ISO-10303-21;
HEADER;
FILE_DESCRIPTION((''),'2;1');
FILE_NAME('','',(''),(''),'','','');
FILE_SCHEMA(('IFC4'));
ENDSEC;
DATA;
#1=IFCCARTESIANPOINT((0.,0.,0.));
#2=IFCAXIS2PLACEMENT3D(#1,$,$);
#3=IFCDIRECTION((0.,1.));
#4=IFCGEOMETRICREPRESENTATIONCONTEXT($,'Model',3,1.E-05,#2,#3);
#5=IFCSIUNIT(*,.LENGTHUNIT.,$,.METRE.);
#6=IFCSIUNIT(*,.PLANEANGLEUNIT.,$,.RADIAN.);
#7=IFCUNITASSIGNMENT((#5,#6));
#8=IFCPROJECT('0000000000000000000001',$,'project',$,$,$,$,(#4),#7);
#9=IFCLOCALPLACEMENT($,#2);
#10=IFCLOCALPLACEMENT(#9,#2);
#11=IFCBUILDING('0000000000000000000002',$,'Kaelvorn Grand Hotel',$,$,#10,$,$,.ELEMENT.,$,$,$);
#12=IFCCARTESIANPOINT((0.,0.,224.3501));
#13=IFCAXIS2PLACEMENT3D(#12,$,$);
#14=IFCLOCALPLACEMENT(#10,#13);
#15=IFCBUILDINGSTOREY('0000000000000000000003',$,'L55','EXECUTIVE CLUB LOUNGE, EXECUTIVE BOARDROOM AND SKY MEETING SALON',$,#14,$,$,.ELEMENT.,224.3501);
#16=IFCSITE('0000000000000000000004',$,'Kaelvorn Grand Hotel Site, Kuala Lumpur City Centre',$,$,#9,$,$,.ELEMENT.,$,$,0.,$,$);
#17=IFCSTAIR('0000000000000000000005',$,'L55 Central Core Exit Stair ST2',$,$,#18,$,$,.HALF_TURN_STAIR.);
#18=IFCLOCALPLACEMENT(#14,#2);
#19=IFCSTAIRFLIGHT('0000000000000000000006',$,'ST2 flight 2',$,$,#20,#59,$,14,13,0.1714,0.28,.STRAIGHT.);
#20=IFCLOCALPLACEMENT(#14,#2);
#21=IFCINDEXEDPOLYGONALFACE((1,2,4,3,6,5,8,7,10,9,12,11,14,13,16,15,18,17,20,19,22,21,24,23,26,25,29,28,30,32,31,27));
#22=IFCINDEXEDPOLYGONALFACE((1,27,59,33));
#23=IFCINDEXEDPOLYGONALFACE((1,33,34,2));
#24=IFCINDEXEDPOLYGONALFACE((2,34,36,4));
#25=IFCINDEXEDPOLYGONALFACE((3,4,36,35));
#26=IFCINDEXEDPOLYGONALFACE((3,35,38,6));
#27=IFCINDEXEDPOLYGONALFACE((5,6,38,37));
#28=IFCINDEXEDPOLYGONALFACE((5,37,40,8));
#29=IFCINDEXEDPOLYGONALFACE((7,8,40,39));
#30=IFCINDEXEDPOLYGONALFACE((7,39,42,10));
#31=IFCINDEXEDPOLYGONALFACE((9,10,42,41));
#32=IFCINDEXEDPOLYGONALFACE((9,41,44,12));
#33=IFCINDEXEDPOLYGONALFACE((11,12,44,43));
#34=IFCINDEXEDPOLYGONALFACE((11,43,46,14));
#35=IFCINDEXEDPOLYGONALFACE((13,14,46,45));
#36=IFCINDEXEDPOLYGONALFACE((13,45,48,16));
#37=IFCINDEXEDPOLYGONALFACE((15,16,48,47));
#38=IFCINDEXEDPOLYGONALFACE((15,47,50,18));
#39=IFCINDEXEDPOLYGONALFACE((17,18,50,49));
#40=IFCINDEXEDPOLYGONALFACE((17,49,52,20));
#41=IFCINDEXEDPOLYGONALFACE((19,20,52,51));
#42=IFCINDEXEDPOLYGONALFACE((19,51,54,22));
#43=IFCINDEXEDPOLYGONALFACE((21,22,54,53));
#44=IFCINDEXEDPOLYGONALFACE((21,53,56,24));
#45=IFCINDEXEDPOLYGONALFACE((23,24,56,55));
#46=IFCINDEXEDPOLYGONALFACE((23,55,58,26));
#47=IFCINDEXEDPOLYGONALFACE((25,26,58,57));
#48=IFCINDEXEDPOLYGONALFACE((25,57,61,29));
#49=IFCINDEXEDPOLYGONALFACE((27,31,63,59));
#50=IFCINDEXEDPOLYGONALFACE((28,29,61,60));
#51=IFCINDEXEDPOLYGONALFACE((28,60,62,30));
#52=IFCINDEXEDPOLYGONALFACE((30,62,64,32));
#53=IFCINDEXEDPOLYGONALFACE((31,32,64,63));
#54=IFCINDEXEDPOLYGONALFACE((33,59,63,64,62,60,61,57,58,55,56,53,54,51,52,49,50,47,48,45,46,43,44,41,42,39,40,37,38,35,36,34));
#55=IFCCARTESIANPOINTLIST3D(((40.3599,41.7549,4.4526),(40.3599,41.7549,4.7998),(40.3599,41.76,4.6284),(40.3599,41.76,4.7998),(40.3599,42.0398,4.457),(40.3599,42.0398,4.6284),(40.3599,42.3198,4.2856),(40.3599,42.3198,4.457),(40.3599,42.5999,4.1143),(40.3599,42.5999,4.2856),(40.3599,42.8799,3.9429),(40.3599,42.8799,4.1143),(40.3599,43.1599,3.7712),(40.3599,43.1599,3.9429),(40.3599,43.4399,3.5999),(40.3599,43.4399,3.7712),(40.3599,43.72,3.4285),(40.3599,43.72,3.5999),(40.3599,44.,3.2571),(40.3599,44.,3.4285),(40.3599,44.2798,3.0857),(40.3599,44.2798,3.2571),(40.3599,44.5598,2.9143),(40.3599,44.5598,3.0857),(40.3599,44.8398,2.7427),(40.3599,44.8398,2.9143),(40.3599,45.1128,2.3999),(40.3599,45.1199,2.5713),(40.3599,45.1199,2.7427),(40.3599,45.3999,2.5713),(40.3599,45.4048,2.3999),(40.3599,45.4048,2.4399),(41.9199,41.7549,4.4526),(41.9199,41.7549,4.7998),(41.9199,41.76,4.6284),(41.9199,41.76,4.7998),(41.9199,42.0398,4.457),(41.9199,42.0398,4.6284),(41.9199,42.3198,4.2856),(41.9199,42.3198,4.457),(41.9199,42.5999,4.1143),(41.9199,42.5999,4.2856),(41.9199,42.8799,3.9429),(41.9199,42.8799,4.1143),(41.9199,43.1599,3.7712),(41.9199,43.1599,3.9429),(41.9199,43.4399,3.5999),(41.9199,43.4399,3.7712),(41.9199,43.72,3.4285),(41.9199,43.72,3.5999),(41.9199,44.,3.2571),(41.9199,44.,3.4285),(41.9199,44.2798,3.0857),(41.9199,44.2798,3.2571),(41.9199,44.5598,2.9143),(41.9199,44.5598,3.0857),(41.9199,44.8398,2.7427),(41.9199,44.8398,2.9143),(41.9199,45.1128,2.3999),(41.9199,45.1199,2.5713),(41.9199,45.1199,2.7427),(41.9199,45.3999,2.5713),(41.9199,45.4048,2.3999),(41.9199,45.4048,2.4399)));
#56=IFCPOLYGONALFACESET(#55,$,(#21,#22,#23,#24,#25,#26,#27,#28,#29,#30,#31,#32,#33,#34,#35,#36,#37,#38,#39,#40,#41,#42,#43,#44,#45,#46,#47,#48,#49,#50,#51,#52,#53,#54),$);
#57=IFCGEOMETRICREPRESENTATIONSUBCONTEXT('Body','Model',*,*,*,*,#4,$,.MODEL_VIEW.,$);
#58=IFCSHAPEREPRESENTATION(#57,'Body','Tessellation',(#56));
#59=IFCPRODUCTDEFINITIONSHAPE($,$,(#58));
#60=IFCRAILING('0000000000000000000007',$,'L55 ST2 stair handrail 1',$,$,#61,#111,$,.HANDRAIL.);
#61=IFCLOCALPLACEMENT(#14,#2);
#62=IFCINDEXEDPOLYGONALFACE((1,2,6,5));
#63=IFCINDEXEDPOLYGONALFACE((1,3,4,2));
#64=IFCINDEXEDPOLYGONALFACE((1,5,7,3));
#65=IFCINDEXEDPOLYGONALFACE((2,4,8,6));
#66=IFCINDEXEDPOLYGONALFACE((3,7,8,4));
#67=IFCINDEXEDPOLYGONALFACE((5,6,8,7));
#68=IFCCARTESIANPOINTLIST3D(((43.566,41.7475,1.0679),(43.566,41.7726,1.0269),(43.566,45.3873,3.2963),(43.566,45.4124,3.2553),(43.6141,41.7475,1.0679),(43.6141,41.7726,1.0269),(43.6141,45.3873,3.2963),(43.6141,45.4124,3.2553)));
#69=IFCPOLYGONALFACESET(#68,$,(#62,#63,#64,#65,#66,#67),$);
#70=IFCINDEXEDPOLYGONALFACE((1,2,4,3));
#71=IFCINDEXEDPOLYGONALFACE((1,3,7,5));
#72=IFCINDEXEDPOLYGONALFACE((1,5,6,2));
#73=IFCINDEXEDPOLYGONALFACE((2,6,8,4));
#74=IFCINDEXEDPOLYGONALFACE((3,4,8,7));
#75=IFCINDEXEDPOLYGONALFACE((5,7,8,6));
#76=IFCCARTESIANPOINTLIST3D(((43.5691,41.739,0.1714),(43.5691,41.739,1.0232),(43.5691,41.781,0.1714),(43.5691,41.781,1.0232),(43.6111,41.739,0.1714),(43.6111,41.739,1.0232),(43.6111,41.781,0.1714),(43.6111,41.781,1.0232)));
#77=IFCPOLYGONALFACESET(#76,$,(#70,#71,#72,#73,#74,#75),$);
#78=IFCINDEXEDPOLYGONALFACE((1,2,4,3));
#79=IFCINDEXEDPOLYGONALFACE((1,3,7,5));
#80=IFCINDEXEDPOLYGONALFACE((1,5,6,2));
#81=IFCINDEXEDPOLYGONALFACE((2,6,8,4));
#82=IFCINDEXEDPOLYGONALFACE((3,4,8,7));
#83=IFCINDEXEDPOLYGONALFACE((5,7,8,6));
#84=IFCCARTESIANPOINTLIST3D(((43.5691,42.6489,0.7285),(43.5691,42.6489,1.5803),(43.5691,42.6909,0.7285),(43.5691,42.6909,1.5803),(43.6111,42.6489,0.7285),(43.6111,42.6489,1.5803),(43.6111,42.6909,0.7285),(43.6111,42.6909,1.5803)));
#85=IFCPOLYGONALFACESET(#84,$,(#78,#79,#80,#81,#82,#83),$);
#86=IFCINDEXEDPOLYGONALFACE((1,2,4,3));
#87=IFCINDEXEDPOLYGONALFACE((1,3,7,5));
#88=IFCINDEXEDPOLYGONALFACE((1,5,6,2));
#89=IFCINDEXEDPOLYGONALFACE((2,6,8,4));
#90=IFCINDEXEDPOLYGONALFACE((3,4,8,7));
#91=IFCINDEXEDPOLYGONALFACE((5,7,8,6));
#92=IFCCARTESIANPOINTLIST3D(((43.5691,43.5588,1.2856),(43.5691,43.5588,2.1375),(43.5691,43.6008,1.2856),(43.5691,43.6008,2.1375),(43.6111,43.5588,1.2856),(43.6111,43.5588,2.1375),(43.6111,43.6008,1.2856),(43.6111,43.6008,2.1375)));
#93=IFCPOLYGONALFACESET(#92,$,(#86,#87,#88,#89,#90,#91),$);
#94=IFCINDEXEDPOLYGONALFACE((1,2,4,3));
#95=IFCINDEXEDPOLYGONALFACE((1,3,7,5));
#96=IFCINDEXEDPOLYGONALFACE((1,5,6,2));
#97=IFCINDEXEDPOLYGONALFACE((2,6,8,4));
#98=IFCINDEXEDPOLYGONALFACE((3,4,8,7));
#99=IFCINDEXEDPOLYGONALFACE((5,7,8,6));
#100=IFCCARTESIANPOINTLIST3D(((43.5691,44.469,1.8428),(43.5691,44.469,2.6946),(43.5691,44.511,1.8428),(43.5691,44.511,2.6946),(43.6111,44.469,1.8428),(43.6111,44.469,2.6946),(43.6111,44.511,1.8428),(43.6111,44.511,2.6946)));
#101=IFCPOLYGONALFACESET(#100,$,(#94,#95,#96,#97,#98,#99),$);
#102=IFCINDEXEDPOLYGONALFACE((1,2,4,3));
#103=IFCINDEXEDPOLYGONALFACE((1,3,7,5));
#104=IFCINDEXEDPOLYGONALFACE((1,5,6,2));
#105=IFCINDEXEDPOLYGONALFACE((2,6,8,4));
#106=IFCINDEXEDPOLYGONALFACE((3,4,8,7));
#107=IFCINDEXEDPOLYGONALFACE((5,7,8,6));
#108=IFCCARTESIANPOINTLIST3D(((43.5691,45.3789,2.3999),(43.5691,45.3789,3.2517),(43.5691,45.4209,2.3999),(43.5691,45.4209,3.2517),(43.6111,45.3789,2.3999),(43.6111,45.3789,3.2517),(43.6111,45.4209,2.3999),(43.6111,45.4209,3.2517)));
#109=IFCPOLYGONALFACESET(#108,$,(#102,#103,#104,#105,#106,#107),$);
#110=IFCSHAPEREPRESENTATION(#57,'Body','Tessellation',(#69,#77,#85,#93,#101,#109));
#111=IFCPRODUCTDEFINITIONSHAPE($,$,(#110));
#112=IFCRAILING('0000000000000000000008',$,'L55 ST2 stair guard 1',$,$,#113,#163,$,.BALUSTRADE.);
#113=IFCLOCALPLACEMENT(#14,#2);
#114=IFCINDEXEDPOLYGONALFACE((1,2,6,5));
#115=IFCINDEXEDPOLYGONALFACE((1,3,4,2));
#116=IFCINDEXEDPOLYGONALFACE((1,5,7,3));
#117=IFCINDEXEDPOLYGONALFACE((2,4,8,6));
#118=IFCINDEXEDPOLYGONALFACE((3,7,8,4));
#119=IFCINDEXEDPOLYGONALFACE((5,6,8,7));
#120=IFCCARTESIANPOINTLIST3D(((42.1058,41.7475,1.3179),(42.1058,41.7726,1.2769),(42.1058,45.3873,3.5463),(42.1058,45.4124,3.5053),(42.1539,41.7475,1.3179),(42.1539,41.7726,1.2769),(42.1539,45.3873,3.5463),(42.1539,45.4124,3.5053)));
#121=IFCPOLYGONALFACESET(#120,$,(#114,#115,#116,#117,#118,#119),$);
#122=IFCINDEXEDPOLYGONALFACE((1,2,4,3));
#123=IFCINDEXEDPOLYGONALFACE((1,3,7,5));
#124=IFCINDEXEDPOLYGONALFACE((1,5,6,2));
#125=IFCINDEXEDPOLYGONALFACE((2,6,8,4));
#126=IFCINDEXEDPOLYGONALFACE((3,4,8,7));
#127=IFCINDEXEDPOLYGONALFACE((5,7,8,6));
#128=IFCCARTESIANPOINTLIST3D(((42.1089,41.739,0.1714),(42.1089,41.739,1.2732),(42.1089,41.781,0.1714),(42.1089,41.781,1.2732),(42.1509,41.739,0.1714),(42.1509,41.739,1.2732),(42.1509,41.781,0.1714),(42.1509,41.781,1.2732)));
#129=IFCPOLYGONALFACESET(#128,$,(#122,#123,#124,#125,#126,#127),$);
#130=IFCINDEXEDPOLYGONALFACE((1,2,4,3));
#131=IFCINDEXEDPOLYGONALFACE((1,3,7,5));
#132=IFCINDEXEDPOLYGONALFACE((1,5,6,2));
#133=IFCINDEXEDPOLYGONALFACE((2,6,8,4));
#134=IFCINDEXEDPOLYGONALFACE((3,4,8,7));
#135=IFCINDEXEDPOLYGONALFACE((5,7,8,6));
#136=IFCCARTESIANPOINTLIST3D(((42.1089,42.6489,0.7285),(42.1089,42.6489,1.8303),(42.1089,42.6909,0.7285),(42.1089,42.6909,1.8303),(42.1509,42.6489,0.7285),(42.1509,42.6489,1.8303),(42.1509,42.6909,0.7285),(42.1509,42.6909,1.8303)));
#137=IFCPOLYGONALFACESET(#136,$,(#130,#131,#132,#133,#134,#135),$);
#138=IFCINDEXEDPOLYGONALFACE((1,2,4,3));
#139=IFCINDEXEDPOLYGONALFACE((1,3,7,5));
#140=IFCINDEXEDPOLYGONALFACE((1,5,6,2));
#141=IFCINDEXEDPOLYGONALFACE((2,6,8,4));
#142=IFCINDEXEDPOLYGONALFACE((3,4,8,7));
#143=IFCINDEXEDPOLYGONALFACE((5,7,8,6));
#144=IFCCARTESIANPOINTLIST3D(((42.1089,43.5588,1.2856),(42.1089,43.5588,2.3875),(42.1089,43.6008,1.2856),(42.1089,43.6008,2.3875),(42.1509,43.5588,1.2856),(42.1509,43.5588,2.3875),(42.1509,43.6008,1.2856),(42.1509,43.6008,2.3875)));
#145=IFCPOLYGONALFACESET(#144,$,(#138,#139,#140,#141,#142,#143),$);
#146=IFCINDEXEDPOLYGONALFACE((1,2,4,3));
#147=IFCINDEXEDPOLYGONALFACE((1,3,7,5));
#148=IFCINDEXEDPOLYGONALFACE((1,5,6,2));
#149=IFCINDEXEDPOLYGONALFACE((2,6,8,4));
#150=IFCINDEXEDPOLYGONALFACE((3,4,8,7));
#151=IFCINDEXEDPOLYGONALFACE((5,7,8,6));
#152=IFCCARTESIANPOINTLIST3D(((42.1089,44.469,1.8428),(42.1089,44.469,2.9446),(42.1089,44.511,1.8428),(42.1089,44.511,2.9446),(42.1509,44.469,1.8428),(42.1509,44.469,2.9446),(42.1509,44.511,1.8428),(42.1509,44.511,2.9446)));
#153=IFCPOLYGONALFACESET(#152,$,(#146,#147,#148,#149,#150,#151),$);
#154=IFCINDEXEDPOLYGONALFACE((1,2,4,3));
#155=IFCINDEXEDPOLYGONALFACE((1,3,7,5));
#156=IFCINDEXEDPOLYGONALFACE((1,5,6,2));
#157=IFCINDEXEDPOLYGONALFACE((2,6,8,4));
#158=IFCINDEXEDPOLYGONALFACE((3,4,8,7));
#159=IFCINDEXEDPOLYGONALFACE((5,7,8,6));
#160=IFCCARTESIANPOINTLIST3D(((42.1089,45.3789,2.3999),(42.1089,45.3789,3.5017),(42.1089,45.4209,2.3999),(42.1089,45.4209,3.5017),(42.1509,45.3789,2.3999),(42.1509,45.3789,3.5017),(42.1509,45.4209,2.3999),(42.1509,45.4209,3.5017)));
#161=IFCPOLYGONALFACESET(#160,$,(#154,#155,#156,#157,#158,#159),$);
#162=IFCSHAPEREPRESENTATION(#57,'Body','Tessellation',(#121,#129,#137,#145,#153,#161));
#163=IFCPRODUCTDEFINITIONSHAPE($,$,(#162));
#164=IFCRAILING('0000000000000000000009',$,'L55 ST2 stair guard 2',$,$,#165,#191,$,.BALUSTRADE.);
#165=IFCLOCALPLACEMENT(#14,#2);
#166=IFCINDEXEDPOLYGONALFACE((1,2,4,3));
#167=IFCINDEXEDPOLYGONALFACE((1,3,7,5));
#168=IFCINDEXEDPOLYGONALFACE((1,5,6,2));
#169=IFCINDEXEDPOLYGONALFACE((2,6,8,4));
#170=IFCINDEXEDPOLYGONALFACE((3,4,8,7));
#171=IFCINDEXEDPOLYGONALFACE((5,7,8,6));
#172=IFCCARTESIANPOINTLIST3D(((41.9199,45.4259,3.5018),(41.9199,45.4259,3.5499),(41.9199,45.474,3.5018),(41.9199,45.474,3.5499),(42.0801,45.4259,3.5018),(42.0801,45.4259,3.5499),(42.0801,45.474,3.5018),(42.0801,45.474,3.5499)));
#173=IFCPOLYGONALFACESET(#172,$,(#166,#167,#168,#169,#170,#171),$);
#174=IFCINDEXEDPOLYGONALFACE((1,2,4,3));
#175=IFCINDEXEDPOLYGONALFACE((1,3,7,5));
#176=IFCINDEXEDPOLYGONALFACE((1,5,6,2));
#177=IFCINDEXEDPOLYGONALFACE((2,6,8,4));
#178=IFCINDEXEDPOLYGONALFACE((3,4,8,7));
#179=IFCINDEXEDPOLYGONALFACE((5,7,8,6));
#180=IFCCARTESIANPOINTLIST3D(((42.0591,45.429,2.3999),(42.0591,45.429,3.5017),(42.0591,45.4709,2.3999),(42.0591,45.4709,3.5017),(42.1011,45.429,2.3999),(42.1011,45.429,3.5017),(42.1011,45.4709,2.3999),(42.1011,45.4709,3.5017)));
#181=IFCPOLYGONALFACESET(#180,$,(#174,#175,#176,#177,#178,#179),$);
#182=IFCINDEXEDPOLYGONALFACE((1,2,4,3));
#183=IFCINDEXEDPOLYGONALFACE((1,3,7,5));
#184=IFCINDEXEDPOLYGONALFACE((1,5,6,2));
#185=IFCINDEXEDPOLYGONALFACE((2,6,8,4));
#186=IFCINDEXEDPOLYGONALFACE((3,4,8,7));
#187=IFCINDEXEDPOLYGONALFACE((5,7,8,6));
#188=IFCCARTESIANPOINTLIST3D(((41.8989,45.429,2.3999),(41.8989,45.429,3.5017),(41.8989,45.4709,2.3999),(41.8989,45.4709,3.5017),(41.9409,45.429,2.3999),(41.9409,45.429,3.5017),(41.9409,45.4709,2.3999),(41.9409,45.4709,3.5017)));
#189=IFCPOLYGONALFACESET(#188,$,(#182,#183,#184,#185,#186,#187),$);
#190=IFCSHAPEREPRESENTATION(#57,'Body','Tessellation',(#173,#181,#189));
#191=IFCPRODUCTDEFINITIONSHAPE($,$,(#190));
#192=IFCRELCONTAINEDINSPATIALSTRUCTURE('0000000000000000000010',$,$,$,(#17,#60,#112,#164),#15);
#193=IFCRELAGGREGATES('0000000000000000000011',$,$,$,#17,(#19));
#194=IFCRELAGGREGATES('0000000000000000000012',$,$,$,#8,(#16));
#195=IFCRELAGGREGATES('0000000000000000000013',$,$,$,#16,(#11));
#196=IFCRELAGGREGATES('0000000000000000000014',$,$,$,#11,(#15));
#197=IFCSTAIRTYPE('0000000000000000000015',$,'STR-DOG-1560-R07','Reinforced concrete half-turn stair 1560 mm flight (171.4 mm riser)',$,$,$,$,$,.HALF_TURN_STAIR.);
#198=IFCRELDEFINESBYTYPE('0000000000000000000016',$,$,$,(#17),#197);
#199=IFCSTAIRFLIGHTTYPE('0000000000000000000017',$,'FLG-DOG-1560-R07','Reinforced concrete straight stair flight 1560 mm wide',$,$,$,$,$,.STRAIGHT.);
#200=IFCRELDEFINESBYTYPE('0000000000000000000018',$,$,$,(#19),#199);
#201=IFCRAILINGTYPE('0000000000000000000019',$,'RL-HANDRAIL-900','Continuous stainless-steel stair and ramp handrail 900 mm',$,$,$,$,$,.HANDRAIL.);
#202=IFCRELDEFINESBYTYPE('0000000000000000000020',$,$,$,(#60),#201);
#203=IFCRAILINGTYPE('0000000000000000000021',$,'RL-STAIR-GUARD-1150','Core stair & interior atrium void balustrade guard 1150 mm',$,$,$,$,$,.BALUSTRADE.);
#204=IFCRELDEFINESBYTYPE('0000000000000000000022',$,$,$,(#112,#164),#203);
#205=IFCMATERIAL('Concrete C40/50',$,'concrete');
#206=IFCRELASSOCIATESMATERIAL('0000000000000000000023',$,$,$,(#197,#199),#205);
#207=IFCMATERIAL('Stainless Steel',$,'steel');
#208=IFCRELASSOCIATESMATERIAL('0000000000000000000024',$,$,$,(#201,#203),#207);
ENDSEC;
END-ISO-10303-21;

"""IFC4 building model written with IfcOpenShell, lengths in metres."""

from ifc_helpers import new_model, si_unit, direction, frame, origin, origin_2d, place, context, subcontext, project, spatial, polyline, rectangle, outline, extrude, material, type_object, element, aggregate, save


model = new_model("IFC4")

# Units and contexts
model_context = context("Model", 3, precision=1e-05, world=origin(), true_north=direction((0.0, 1.0)))
body_context = subcontext(model_context, "Body", "Model", "MODEL_VIEW")
ifc_project = project(units=[si_unit("LENGTHUNIT", "METRE"), si_unit("PLANEANGLEUNIT", "RADIAN")], contexts=[model_context])

# Site, building, storey
site_placement = place(None, origin())
site = spatial("IfcSite", under=ifc_project, at=site_placement, Name="Kaelvorn Grand Hotel Site, Kuala Lumpur City Centre", CompositionType="ELEMENT", RefElevation=0.0)
building_placement = place(site_placement, origin())
building = spatial("IfcBuilding", under=site, at=building_placement, Name="Kaelvorn Grand Hotel", CompositionType="ELEMENT")
storey_placement = place(building_placement, frame((0.0, 0.0, 224.3501)))
storey = spatial("IfcBuildingStorey", under=building, at=storey_placement, Name="L55", Description="EXECUTIVE CLUB LOUNGE, EXECUTIVE BOARDROOM AND SKY MEETING SALON", CompositionType="ELEMENT", Elevation=224.3501)

# Shared definitions
ifc_material_1 = material(Name="Stainless Steel", Category="steel")

# Stair, stair flight
ifc_material_2 = material(Name="Concrete C40/50", Category="concrete")
stair_type = type_object("IfcStairType", Name="STR-DOG-1560-R07", Description="Reinforced concrete half-turn stair 1560 mm flight (171.4 mm riser)", PredefinedType="HALF_TURN_STAIR", material=ifc_material_2)
stair_placement = place(storey_placement, origin())
stair = element("IfcStair", 1, at=stair_placement, inside=storey, type_object=stair_type, Name="L55 Central Core Exit Stair ST2", PredefinedType="HALF_TURN_STAIR")
stair_flight_type = type_object("IfcStairFlightType", Name="FLG-DOG-1560-R07", Description="Reinforced concrete straight stair flight 1560 mm wide", PredefinedType="STRAIGHT", material=ifc_material_2)
stair_flight_1_placement = place(storey_placement, frame((41.1399, 45.3999, 2.3999), z_axis=(0.0, 0.0, 1.0), x_axis=(0.0, -1.0, 0.0)))
stair_flight_1 = element("IfcStairFlight", 2, at=stair_flight_1_placement, type_object=stair_flight_type, Name="ST2 flight 2", NumberOfRisers=14, NumberOfTreads=13, PredefinedType="STRAIGHT", RiserHeight=0.1714, TreadLength=0.28, context=body_context, shape_type="SweptSolid", body=[
    extrude(outline(polyline([(-0.0049, 0.0), (-0.0049, 0.04), (0.0, 0.1714), (0.28, 0.1714), (0.28, 0.3428), (0.5601, 0.3428), (0.5601, 0.5144), (0.8401, 0.5144), (0.8401, 0.6858), (1.1201, 0.6858), (1.1201, 0.8572), (1.3999, 0.8572), (1.3999, 1.0286), (1.6799, 1.0286), (1.6799, 1.2), (1.96, 1.2), (1.96, 1.3713), (2.24, 1.3713), (2.24, 1.543), (2.52, 1.543), (2.52, 1.7144), (2.8, 1.7144), (2.8, 1.8857), (3.0801, 1.8857), (3.0801, 2.0571), (3.3601, 2.0571), (3.3601, 2.2285), (3.6399, 2.2285), (3.6399, 2.3999), (3.645, 2.3999), (3.645, 2.0527), (0.2871, 0.0), (-0.0049, 0.0)])), frame((0.0, 0.78, 0.0), z_axis=(0.0, -1.0, 0.0), x_axis=(1.0, 0.0, 0.0)), (0.0, 0.0, 1.0), 1.5601),
])
aggregate(stair, [stair_flight_1])

# Railings
railing_type_1 = type_object("IfcRailingType", Name="RL-HANDRAIL-900", Description="Continuous stainless-steel stair and ramp handrail 900 mm", PredefinedType="HANDRAIL", material=ifc_material_1)
railing_1_placement = place(storey_placement, frame((43.5901, 41.76, 0.1714)))
element("IfcRailing", 3, at=railing_1_placement, inside=storey, type_object=railing_type_1, Name="L55 ST2 stair handrail 1", PredefinedType="HANDRAIL", context=body_context, shape_type="SweptSolid", body=[
    extrude(rectangle(XDim=0.0481, YDim=0.0481, at=origin_2d()), frame((0.0, 0.0, 0.876), z_axis=(0.0, 0.85285, 0.522156), x_axis=(-1.0, 0.0, 0.0)), (0.0, 0.0, 1.0), 4.2678),
    extrude(rectangle(XDim=0.042, YDim=0.042, at=origin_2d()), origin(), (0.0, 0.0, 1.0), 0.8518),
    extrude(rectangle(XDim=0.042, YDim=0.042, at=origin_2d()), frame((0.0, 0.9099, 0.5571)), (0.0, 0.0, 1.0), 0.8518),
    extrude(rectangle(XDim=0.042, YDim=0.042, at=origin_2d()), frame((0.0, 1.8198, 1.1143)), (0.0, 0.0, 1.0), 0.8518),
    extrude(rectangle(XDim=0.042, YDim=0.042, at=origin_2d()), frame((0.0, 2.73, 1.6714)), (0.0, 0.0, 1.0), 0.8518),
    extrude(rectangle(XDim=0.042, YDim=0.042, at=origin_2d()), frame((0.0, 3.6399, 2.2285)), (0.0, 0.0, 1.0), 0.8518),
])
railing_type_2 = type_object("IfcRailingType", Name="RL-STAIR-GUARD-1150", Description="Core stair & interior atrium void balustrade guard 1150 mm", PredefinedType="BALUSTRADE", material=ifc_material_1)
railing_2_placement = place(storey_placement, frame((42.1299, 41.76, 0.1714)))
element("IfcRailing", 4, at=railing_2_placement, inside=storey, type_object=railing_type_2, Name="L55 ST2 stair guard 1", PredefinedType="BALUSTRADE", context=body_context, shape_type="SweptSolid", body=[
    extrude(rectangle(XDim=0.0481, YDim=0.0481, at=origin_2d()), frame((0.0, 0.0, 1.126), z_axis=(0.0, 0.85285, 0.522156), x_axis=(-1.0, 0.0, 0.0)), (0.0, 0.0, 1.0), 4.2678),
    extrude(rectangle(XDim=0.042, YDim=0.042, at=origin_2d()), origin(), (0.0, 0.0, 1.0), 1.1018),
    extrude(rectangle(XDim=0.042, YDim=0.042, at=origin_2d()), frame((0.0, 0.9099, 0.5571)), (0.0, 0.0, 1.0), 1.1018),
    extrude(rectangle(XDim=0.042, YDim=0.042, at=origin_2d()), frame((0.0, 1.8198, 1.1143)), (0.0, 0.0, 1.0), 1.1018),
    extrude(rectangle(XDim=0.042, YDim=0.042, at=origin_2d()), frame((0.0, 2.73, 1.6714)), (0.0, 0.0, 1.0), 1.1018),
    extrude(rectangle(XDim=0.042, YDim=0.042, at=origin_2d()), frame((0.0, 3.6399, 2.2285)), (0.0, 0.0, 1.0), 1.1018),
])
railing_3_placement = place(storey_placement, frame((42.0801, 45.45, 2.3999)))
element("IfcRailing", 5, at=railing_3_placement, inside=storey, type_object=railing_type_2, Name="L55 ST2 stair guard 2", PredefinedType="BALUSTRADE", context=body_context, shape_type="SweptSolid", body=[
    extrude(rectangle(XDim=0.0481, YDim=0.0481, at=origin_2d()), frame((0.0, 0.0, 1.126), z_axis=(-1.0, 0.0, 0.0), x_axis=(0.0, -1.0, 0.0)), (0.0, 0.0, 1.0), 0.1602),
    extrude(rectangle(XDim=0.042, YDim=0.042, at=origin_2d()), origin(), (0.0, 0.0, 1.0), 1.1018),
    extrude(rectangle(XDim=0.042, YDim=0.042, at=origin_2d()), frame((-0.1602, 0.0, 0.0)), (0.0, 0.0, 1.0), 1.1018),
])

save(model, "model.ifc")
